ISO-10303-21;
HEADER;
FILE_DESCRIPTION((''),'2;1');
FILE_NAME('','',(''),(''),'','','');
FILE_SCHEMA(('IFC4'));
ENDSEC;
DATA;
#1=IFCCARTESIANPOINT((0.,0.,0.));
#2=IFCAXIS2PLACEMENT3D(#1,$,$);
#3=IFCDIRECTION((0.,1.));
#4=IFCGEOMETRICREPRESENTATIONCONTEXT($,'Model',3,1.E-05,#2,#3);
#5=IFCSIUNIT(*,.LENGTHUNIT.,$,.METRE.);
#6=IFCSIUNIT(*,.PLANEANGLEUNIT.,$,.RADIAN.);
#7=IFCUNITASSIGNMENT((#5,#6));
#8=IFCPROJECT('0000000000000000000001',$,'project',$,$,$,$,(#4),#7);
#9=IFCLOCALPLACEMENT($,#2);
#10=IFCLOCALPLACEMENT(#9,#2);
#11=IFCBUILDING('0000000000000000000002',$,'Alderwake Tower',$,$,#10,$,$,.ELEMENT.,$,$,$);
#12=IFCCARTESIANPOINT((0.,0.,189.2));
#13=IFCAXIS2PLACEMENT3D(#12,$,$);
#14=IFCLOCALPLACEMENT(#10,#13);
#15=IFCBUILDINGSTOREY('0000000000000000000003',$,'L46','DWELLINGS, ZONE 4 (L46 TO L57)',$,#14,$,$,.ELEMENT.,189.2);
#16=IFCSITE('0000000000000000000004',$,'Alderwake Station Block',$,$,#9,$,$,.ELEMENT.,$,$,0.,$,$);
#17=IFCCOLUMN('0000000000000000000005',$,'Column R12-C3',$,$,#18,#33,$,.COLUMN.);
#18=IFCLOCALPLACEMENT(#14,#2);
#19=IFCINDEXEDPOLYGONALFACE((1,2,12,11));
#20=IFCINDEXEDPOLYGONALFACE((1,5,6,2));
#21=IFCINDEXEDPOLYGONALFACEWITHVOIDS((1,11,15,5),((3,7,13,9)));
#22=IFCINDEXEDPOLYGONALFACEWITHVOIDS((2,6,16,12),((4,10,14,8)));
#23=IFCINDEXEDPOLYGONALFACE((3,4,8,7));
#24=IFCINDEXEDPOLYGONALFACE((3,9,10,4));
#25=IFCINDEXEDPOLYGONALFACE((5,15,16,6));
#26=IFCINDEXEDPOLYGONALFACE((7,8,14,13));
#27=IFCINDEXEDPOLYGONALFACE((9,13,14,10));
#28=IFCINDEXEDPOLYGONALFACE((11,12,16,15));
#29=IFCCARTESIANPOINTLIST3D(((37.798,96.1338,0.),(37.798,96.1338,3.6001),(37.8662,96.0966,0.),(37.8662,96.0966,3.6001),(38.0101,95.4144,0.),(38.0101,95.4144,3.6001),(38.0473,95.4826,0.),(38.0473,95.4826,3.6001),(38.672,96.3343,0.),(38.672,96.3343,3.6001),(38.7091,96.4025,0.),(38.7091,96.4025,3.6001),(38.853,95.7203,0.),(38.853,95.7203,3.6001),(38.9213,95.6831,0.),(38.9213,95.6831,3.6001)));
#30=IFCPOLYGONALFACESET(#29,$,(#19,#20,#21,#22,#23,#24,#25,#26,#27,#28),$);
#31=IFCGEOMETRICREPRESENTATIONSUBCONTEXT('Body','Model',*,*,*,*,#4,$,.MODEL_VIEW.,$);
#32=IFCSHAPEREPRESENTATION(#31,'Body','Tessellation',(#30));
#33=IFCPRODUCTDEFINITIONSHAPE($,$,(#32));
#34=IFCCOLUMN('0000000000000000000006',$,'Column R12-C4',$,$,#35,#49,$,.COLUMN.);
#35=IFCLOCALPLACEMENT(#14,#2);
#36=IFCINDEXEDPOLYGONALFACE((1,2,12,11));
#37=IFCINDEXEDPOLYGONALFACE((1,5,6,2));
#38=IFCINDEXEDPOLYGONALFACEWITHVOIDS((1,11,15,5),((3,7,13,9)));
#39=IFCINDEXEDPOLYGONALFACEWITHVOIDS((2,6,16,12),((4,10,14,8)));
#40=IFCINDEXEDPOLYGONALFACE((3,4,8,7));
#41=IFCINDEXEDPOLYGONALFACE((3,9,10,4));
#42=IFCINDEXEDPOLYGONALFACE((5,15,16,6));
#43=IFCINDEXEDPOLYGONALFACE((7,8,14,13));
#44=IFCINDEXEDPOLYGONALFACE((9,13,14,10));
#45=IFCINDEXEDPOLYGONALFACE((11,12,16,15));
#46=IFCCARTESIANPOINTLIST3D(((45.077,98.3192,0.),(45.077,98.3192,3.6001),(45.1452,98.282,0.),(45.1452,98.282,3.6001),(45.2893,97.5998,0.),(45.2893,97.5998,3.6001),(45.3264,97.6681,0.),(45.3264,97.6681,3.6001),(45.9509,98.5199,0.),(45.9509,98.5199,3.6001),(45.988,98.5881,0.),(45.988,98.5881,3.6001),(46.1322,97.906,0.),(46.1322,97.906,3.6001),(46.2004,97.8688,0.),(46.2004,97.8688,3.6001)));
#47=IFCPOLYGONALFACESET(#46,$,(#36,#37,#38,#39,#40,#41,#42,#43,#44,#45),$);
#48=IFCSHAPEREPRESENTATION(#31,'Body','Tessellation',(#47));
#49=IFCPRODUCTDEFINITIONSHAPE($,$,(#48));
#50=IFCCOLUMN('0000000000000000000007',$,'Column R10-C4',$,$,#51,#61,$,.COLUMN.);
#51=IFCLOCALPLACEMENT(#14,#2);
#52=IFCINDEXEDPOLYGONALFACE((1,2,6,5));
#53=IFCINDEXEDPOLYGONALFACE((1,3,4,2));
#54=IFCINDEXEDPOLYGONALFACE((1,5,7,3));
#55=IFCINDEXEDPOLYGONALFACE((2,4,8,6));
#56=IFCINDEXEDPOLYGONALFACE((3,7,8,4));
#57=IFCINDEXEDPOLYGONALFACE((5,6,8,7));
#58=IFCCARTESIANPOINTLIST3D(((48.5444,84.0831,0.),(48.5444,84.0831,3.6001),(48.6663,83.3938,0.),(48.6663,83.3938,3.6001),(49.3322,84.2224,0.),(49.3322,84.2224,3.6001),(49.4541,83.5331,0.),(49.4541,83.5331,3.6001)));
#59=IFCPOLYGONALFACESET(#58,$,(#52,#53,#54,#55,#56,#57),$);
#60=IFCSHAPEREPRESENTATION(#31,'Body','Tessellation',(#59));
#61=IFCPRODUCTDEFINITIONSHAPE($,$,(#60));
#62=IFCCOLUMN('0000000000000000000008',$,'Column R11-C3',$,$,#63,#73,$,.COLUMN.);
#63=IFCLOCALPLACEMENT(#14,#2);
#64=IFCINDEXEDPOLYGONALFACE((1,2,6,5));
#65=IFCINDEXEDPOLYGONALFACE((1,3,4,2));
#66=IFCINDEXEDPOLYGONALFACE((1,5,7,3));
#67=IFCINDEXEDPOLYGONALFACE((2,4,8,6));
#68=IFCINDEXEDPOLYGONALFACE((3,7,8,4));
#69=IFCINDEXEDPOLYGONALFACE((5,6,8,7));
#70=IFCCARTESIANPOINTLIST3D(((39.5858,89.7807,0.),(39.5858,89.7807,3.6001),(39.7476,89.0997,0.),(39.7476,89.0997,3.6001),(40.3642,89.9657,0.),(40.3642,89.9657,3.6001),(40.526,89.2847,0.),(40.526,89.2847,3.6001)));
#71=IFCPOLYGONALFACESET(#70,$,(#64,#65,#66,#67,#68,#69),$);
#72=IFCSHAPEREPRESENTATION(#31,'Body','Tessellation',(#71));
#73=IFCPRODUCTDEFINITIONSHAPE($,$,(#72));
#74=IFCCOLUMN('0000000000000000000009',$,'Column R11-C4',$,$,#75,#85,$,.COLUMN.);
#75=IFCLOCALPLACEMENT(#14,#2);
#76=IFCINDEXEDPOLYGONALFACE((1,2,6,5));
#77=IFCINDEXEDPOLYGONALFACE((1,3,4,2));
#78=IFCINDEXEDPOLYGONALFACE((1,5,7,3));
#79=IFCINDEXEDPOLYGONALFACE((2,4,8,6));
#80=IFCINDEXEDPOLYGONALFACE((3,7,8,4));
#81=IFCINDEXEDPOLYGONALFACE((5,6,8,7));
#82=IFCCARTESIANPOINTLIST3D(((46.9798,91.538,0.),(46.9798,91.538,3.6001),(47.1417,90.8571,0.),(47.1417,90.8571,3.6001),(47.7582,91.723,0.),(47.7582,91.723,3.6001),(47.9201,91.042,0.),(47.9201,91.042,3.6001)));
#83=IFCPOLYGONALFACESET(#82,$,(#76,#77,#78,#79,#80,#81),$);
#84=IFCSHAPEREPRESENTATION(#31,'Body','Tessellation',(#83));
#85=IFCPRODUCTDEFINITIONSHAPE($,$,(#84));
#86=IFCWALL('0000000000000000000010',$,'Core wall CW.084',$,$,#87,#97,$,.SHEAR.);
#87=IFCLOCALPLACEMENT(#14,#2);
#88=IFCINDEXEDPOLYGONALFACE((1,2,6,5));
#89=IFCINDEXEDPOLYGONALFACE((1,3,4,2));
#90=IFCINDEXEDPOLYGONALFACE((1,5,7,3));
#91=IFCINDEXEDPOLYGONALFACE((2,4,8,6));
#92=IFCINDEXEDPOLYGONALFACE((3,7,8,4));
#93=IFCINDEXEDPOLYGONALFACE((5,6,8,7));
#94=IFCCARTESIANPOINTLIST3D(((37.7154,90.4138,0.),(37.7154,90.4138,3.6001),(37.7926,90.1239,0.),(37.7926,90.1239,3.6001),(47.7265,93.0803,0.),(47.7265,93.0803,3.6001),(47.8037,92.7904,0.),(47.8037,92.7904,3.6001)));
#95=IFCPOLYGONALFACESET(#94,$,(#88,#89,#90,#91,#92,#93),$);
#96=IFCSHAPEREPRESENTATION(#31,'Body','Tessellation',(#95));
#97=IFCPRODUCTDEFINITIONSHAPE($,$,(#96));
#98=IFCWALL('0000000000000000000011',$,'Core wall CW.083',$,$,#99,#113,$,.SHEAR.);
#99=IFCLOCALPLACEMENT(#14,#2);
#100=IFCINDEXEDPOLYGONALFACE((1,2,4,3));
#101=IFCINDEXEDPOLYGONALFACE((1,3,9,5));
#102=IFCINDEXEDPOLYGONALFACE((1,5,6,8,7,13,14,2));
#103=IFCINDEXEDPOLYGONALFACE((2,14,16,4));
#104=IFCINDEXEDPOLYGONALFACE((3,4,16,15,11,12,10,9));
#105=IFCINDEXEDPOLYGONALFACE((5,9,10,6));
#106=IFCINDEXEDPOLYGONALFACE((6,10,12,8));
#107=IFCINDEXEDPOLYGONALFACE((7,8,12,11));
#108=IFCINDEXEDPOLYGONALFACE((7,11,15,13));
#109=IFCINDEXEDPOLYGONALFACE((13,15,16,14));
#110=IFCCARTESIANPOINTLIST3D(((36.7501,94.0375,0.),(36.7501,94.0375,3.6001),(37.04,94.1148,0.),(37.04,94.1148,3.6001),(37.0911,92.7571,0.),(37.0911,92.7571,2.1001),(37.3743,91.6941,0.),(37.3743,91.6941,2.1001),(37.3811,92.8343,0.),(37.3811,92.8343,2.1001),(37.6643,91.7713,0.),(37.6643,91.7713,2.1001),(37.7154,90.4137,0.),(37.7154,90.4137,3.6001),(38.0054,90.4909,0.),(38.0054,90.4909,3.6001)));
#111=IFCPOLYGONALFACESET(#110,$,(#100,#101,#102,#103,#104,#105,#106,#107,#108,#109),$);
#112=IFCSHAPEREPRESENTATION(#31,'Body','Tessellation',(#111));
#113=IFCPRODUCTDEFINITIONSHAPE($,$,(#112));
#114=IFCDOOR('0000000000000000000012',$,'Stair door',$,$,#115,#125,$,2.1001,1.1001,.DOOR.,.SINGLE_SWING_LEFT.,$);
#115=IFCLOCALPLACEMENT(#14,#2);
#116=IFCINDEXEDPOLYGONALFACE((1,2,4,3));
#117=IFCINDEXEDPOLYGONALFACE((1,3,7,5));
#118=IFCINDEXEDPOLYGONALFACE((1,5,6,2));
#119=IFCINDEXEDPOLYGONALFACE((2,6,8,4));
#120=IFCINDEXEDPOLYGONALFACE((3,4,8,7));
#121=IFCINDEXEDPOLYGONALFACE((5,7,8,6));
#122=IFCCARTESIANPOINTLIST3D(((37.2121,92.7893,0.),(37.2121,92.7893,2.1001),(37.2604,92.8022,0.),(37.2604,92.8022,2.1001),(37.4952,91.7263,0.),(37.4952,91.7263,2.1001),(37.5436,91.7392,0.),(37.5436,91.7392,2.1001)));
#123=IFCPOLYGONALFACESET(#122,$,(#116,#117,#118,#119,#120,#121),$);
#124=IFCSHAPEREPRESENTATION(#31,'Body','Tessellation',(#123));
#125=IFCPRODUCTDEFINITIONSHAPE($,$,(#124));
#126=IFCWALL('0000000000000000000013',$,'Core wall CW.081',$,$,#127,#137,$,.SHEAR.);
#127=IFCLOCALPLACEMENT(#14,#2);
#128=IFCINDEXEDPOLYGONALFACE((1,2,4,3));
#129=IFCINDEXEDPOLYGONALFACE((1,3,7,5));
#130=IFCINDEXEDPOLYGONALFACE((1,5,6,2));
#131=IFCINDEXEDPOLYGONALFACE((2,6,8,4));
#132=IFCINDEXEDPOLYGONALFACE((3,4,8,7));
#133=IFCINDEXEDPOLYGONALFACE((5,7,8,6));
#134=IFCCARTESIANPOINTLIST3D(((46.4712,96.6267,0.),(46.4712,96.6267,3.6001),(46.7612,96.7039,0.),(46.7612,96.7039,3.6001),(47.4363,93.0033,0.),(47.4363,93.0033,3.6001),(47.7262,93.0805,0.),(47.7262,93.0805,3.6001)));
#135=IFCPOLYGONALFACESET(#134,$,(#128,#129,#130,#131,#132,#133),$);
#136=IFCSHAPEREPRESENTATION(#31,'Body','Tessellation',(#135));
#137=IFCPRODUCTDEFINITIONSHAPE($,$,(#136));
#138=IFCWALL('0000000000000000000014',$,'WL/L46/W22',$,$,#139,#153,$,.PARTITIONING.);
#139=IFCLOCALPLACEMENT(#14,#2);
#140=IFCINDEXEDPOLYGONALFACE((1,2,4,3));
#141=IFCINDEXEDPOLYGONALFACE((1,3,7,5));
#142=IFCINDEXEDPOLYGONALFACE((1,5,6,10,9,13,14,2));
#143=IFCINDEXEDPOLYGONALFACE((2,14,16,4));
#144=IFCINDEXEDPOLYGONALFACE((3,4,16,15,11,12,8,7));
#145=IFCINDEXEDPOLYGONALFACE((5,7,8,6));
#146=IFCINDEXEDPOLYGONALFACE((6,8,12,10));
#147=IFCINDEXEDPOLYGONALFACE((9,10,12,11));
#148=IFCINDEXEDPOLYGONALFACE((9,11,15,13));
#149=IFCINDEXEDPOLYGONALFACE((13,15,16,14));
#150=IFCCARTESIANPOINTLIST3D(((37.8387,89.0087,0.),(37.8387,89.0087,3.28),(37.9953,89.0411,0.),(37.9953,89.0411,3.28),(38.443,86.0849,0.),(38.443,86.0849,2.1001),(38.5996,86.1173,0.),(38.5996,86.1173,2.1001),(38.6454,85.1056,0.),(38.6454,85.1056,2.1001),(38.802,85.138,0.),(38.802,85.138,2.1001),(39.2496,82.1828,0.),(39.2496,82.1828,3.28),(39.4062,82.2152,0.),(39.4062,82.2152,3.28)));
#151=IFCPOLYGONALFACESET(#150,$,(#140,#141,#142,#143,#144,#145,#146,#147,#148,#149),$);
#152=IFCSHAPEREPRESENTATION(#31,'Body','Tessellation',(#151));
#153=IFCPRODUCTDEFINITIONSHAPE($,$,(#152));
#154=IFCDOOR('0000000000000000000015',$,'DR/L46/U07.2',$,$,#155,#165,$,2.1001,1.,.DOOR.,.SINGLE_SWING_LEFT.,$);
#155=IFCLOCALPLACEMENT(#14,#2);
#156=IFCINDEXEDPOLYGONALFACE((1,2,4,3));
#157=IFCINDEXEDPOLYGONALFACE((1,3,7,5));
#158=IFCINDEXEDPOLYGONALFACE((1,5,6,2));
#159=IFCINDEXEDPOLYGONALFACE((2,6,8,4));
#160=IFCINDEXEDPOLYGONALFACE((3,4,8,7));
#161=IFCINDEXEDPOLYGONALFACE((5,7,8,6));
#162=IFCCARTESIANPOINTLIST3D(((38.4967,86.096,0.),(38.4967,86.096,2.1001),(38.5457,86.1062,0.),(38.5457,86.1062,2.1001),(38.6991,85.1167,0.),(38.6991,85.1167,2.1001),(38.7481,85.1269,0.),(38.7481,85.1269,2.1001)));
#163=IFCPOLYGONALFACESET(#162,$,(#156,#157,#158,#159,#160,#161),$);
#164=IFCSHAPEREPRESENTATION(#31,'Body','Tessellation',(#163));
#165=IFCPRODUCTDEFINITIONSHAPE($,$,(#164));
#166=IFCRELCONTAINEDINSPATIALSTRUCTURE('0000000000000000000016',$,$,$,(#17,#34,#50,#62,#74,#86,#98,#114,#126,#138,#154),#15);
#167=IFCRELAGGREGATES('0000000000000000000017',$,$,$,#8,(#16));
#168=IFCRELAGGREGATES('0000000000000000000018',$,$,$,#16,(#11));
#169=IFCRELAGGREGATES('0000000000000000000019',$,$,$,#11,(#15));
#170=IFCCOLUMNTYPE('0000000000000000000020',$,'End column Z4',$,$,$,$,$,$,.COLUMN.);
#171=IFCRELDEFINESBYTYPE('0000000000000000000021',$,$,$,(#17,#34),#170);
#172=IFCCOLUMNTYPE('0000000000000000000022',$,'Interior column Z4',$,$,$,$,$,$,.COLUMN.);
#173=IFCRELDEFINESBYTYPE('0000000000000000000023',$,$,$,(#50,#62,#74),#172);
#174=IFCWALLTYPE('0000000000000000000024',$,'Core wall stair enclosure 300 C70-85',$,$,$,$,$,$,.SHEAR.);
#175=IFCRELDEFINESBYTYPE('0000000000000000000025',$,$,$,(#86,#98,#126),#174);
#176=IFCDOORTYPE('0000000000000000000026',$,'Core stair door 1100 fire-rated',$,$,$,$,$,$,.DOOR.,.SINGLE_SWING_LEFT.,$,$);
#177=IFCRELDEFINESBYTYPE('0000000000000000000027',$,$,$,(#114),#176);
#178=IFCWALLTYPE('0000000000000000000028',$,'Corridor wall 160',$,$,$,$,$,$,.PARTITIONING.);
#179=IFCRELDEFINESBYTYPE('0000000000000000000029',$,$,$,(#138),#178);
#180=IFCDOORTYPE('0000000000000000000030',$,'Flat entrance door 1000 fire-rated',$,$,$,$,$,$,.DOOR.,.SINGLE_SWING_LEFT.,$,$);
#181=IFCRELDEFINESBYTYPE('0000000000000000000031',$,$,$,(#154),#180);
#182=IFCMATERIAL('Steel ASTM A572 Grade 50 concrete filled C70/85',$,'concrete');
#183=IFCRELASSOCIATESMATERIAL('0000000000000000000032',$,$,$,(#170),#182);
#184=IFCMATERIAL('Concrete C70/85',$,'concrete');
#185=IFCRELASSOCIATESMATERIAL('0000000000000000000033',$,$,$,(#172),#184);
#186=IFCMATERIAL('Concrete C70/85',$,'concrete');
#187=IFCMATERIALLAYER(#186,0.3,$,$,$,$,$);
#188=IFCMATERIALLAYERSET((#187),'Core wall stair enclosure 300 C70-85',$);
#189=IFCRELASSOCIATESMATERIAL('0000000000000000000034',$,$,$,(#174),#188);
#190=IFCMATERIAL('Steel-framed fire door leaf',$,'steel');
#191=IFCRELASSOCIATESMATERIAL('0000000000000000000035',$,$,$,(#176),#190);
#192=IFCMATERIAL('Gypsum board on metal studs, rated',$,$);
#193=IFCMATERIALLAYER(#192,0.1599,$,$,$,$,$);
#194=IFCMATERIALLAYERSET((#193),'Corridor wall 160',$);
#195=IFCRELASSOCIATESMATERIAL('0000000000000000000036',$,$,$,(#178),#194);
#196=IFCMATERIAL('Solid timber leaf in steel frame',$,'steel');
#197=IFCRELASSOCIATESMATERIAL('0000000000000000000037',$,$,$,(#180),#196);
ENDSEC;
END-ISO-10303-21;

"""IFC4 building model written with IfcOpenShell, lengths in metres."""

from ifc_helpers import new_model, si_unit, direction, frame, frame_2d, origin, origin_2d, place, context, subcontext, project, spatial, rectangle, hollow_rectangle, extrude, material, layer, layer_set, material_profile, profile_set, type_object, element, fill, save


model = new_model("IFC4")

# Units and contexts
model_context = context("Model", 3, precision=1e-05, world=origin(), true_north=direction((0.0, 1.0)))
body_context = subcontext(model_context, "Body", "Model", "MODEL_VIEW")
ifc_project = project(units=[si_unit("LENGTHUNIT", "METRE"), si_unit("PLANEANGLEUNIT", "RADIAN")], contexts=[model_context])

# Site, building, storey
site_placement = place(None, origin())
site = spatial("IfcSite", under=ifc_project, at=site_placement, Name="Alderwake Station Block", CompositionType="ELEMENT", RefElevation=0.0)
building_placement = place(site_placement, origin())
building = spatial("IfcBuilding", under=site, at=building_placement, Name="Alderwake Tower", CompositionType="ELEMENT")
storey_placement = place(building_placement, frame((0.0, 0.0, 189.2)))
storey = spatial("IfcBuildingStorey", under=building, at=storey_placement, Name="L46", Description="DWELLINGS, ZONE 4 (L46 TO L57)", CompositionType="ELEMENT", Elevation=189.2)

# Columns
ifc_material_1 = material(Name="Steel ASTM A572 Grade 50 concrete filled C70/85", Category="concrete")
ifc_material_profile_1 = material_profile(ifc_material_1, hollow_rectangle(XDim=0.75, YDim=0.95, WallThickness=0.0549, at=origin_2d()), Name="BOX 950X750X55")
ifc_profile_set_1 = profile_set([ifc_material_profile_1], Name="Steel ASTM A572 Grade 50 concrete filled C70/85")
column_type_1 = type_object("IfcColumnType", Name="End column Z4", PredefinedType="COLUMN", material=ifc_profile_set_1)
for number, where, z_axis, x_axis, name in (
    (1, (38.3596, 95.9084, 0.0), (0.0, 0.0, 1.0), (-0.282889, 0.959153, 0.0), "Column R12-C3"),
    (2, (45.6387, 98.094, 0.0), (0.0, 0.0, 1.0), (-0.28316, 0.959073, 0.0), "Column R12-C4"),
):
    element("IfcColumn", number, at=place(storey_placement, frame(where, z_axis=z_axis, x_axis=x_axis)), inside=storey, type_object=column_type_1, Name=name, PredefinedType="COLUMN", context=body_context, shape_type="SweptSolid", body=[
        extrude(hollow_rectangle(XDim=0.75, YDim=0.95, WallThickness=0.0549, at=origin_2d()), origin(), (0.0, 0.0, 1.0), 3.6001),
    ])
ifc_material_2 = material(Name="Concrete C70/85", Category="concrete")
ifc_material_profile_2 = material_profile(ifc_material_2, rectangle(XDim=0.7, YDim=0.8, at=origin_2d()), Name="RC 800X700")
ifc_profile_set_2 = profile_set([ifc_material_profile_2], Name="Concrete C70/85")
column_type_2 = type_object("IfcColumnType", Name="Interior column Z4", PredefinedType="COLUMN", material=ifc_profile_set_2)
for number, where, z_axis, x_axis, name in (
    (3, (48.9993, 83.8081, 0.0), (0.0, 0.0, 1.0), (-0.174109, 0.984726, 0.0), "Column R10-C4"),
    (4, (40.0559, 89.5327, 0.0), (0.0, 0.0, 1.0), (-0.231222, 0.972901, 0.0), "Column R11-C3"),
    (5, (47.45, 91.29, 0.0), (0.0, 0.0, 1.0), (-0.231222, 0.972901, 0.0), "Column R11-C4"),
):
    element("IfcColumn", number, at=place(storey_placement, frame(where, z_axis=z_axis, x_axis=x_axis)), inside=storey, type_object=column_type_2, Name=name, PredefinedType="COLUMN", context=body_context, shape_type="SweptSolid", body=[
        extrude(rectangle(XDim=0.7, YDim=0.8, at=origin_2d()), origin(), (0.0, 0.0, 1.0), 3.6001),
    ])

# Wall
ifc_material_3 = material(Name="Concrete C70/85", Category="concrete")
ifc_layer_1 = layer(ifc_material_3, 0.3)
ifc_layer_set_1 = layer_set([ifc_layer_1], Name="Core wall stair enclosure 300 C70-85")
wall_type_1 = type_object("IfcWallType", Name="Core wall stair enclosure 300 C70-85", PredefinedType="SHEAR", material=ifc_layer_set_1)
wall_1_placement = place(storey_placement, frame((37.7539, 90.2688, 0.0), z_axis=(0.0, 0.0, 1.0), x_axis=(0.966309, 0.257384, 0.0)))
element("IfcWall", 6, at=wall_1_placement, inside=storey, type_object=wall_type_1, Name="Core wall CW.084", PredefinedType="SHEAR", context=body_context, shape_type="SweptSolid", body=[
    extrude(rectangle(XDim=10.3601, YDim=0.3, at=frame_2d((5.1802, 0.0))), origin(), (0.0, 0.0, 1.0), 3.6001),
])

# Wall, opening, door
wall_2_placement = place(storey_placement, frame((37.8604, 90.4524, 0.0), z_axis=(0.0, 0.0, 1.0), x_axis=(-0.257411, 0.966302, 0.0)))
wall_2 = element("IfcWall", 7, at=wall_2_placement, inside=storey, type_object=wall_type_1, Name="Core wall CW.083", PredefinedType="SHEAR", context=body_context, shape_type="SweptSolid", body=[
    extrude(rectangle(XDim=3.7502, YDim=0.3, at=frame_2d((1.875, 0.0))), origin(), (0.0, 0.0, 1.0), 3.6001),
])
opening_1_placement = place(wall_2_placement, frame((1.325, 0.0, 0.0)))
opening_1 = element("IfcOpeningElement", 8, at=opening_1_placement, cuts=wall_2, PredefinedType="OPENING", context=body_context, shape_type="SweptSolid", body=[
    extrude(rectangle(XDim=1.1001, YDim=2.1001, at=frame_2d((0.55, 1.05))), frame((0.0, 0.1599, 0.0), z_axis=(0.0, -1.0, 0.0), x_axis=(1.0, 0.0, 0.0)), (0.0, 0.0, 1.0), 0.3201),
])
ifc_material_4 = material(Name="Steel-framed fire door leaf", Category="steel")
door_type_1 = type_object("IfcDoorType", Name="Core stair door 1100 fire-rated", OperationType="SINGLE_SWING_LEFT", PredefinedType="DOOR", material=ifc_material_4)
door_1_placement = place(opening_1_placement, origin())
door_1 = element("IfcDoor", 9, at=door_1_placement, inside=storey, type_object=door_type_1, Name="Stair door", OperationType="SINGLE_SWING_LEFT", OverallHeight=2.1001, OverallWidth=1.1001, PredefinedType="DOOR", context=body_context, shape_type="SweptSolid", body=[
    extrude(rectangle(XDim=1.1001, YDim=2.1001, at=frame_2d((0.55, 1.05))), frame((0.0, 0.0249, 0.0), z_axis=(0.0, -1.0, 0.0), x_axis=(1.0, 0.0, 0.0)), (0.0, 0.0, 1.0), 0.05),
])
fill(opening_1, door_1)

# Wall
wall_3_placement = place(storey_placement, frame((47.5813, 93.0417, 0.0), z_axis=(0.0, 0.0, 1.0), x_axis=(-0.257367, 0.966314, 0.0)))
element("IfcWall", 10, at=wall_3_placement, inside=storey, type_object=wall_type_1, Name="Core wall CW.081", PredefinedType="SHEAR", context=body_context, shape_type="SweptSolid", body=[
    extrude(rectangle(XDim=3.7498, YDim=0.3, at=frame_2d((1.875, 0.0))), origin(), (0.0, 0.0, 1.0), 3.6001),
])

# Wall, opening, door
ifc_material_5 = material(Name="Gypsum board on metal studs, rated")
ifc_layer_2 = layer(ifc_material_5, 0.1599)
ifc_layer_set_2 = layer_set([ifc_layer_2], Name="Corridor wall 160")
wall_type_2 = type_object("IfcWallType", Name="Corridor wall 160", PredefinedType="PARTITIONING", material=ifc_layer_set_2)
wall_4_placement = place(storey_placement, frame((37.917, 89.0249, 0.0), z_axis=(0.0, 0.0, 1.0), x_axis=(0.202417, -0.979299, 0.0)))
wall_4 = element("IfcWall", 11, at=wall_4_placement, inside=storey, type_object=wall_type_2, Name="WL/L46/W22", PredefinedType="PARTITIONING", context=body_context, shape_type="SweptSolid", body=[
    extrude(rectangle(XDim=6.9702, YDim=0.1599, at=frame_2d((3.4851, 0.0))), origin(), (0.0, 0.0, 1.0), 3.28),
])
opening_2_placement = place(wall_4_placement, frame((2.9856, 0.0, 0.0)))
opening_2 = element("IfcOpeningElement", 12, at=opening_2_placement, cuts=wall_4, PredefinedType="OPENING", context=body_context, shape_type="SweptSolid", body=[
    extrude(rectangle(XDim=1.0, YDim=2.1001, at=frame_2d((0.5, 1.05))), frame((0.0, 0.0898, 0.0), z_axis=(0.0, -1.0, 0.0), x_axis=(1.0, 0.0, 0.0)), (0.0, 0.0, 1.0), 0.1799),
])
ifc_material_6 = material(Name="Solid timber leaf in steel frame", Category="steel")
door_type_2 = type_object("IfcDoorType", Name="Flat entrance door 1000 fire-rated", OperationType="SINGLE_SWING_LEFT", PredefinedType="DOOR", material=ifc_material_6)
door_2_placement = place(opening_2_placement, origin())
door_2 = element("IfcDoor", 13, at=door_2_placement, inside=storey, type_object=door_type_2, Name="DR/L46/U07.2", OperationType="SINGLE_SWING_LEFT", OverallHeight=2.1001, OverallWidth=1.0, PredefinedType="DOOR", context=body_context, shape_type="SweptSolid", body=[
    extrude(rectangle(XDim=1.0, YDim=2.1001, at=frame_2d((0.5, 1.05))), frame((0.0, 0.0249, 0.0), z_axis=(0.0, -1.0, 0.0), x_axis=(1.0, 0.0, 0.0)), (0.0, 0.0, 1.0), 0.05),
])
fill(opening_2, door_2)

save(model, "model.ifc")
